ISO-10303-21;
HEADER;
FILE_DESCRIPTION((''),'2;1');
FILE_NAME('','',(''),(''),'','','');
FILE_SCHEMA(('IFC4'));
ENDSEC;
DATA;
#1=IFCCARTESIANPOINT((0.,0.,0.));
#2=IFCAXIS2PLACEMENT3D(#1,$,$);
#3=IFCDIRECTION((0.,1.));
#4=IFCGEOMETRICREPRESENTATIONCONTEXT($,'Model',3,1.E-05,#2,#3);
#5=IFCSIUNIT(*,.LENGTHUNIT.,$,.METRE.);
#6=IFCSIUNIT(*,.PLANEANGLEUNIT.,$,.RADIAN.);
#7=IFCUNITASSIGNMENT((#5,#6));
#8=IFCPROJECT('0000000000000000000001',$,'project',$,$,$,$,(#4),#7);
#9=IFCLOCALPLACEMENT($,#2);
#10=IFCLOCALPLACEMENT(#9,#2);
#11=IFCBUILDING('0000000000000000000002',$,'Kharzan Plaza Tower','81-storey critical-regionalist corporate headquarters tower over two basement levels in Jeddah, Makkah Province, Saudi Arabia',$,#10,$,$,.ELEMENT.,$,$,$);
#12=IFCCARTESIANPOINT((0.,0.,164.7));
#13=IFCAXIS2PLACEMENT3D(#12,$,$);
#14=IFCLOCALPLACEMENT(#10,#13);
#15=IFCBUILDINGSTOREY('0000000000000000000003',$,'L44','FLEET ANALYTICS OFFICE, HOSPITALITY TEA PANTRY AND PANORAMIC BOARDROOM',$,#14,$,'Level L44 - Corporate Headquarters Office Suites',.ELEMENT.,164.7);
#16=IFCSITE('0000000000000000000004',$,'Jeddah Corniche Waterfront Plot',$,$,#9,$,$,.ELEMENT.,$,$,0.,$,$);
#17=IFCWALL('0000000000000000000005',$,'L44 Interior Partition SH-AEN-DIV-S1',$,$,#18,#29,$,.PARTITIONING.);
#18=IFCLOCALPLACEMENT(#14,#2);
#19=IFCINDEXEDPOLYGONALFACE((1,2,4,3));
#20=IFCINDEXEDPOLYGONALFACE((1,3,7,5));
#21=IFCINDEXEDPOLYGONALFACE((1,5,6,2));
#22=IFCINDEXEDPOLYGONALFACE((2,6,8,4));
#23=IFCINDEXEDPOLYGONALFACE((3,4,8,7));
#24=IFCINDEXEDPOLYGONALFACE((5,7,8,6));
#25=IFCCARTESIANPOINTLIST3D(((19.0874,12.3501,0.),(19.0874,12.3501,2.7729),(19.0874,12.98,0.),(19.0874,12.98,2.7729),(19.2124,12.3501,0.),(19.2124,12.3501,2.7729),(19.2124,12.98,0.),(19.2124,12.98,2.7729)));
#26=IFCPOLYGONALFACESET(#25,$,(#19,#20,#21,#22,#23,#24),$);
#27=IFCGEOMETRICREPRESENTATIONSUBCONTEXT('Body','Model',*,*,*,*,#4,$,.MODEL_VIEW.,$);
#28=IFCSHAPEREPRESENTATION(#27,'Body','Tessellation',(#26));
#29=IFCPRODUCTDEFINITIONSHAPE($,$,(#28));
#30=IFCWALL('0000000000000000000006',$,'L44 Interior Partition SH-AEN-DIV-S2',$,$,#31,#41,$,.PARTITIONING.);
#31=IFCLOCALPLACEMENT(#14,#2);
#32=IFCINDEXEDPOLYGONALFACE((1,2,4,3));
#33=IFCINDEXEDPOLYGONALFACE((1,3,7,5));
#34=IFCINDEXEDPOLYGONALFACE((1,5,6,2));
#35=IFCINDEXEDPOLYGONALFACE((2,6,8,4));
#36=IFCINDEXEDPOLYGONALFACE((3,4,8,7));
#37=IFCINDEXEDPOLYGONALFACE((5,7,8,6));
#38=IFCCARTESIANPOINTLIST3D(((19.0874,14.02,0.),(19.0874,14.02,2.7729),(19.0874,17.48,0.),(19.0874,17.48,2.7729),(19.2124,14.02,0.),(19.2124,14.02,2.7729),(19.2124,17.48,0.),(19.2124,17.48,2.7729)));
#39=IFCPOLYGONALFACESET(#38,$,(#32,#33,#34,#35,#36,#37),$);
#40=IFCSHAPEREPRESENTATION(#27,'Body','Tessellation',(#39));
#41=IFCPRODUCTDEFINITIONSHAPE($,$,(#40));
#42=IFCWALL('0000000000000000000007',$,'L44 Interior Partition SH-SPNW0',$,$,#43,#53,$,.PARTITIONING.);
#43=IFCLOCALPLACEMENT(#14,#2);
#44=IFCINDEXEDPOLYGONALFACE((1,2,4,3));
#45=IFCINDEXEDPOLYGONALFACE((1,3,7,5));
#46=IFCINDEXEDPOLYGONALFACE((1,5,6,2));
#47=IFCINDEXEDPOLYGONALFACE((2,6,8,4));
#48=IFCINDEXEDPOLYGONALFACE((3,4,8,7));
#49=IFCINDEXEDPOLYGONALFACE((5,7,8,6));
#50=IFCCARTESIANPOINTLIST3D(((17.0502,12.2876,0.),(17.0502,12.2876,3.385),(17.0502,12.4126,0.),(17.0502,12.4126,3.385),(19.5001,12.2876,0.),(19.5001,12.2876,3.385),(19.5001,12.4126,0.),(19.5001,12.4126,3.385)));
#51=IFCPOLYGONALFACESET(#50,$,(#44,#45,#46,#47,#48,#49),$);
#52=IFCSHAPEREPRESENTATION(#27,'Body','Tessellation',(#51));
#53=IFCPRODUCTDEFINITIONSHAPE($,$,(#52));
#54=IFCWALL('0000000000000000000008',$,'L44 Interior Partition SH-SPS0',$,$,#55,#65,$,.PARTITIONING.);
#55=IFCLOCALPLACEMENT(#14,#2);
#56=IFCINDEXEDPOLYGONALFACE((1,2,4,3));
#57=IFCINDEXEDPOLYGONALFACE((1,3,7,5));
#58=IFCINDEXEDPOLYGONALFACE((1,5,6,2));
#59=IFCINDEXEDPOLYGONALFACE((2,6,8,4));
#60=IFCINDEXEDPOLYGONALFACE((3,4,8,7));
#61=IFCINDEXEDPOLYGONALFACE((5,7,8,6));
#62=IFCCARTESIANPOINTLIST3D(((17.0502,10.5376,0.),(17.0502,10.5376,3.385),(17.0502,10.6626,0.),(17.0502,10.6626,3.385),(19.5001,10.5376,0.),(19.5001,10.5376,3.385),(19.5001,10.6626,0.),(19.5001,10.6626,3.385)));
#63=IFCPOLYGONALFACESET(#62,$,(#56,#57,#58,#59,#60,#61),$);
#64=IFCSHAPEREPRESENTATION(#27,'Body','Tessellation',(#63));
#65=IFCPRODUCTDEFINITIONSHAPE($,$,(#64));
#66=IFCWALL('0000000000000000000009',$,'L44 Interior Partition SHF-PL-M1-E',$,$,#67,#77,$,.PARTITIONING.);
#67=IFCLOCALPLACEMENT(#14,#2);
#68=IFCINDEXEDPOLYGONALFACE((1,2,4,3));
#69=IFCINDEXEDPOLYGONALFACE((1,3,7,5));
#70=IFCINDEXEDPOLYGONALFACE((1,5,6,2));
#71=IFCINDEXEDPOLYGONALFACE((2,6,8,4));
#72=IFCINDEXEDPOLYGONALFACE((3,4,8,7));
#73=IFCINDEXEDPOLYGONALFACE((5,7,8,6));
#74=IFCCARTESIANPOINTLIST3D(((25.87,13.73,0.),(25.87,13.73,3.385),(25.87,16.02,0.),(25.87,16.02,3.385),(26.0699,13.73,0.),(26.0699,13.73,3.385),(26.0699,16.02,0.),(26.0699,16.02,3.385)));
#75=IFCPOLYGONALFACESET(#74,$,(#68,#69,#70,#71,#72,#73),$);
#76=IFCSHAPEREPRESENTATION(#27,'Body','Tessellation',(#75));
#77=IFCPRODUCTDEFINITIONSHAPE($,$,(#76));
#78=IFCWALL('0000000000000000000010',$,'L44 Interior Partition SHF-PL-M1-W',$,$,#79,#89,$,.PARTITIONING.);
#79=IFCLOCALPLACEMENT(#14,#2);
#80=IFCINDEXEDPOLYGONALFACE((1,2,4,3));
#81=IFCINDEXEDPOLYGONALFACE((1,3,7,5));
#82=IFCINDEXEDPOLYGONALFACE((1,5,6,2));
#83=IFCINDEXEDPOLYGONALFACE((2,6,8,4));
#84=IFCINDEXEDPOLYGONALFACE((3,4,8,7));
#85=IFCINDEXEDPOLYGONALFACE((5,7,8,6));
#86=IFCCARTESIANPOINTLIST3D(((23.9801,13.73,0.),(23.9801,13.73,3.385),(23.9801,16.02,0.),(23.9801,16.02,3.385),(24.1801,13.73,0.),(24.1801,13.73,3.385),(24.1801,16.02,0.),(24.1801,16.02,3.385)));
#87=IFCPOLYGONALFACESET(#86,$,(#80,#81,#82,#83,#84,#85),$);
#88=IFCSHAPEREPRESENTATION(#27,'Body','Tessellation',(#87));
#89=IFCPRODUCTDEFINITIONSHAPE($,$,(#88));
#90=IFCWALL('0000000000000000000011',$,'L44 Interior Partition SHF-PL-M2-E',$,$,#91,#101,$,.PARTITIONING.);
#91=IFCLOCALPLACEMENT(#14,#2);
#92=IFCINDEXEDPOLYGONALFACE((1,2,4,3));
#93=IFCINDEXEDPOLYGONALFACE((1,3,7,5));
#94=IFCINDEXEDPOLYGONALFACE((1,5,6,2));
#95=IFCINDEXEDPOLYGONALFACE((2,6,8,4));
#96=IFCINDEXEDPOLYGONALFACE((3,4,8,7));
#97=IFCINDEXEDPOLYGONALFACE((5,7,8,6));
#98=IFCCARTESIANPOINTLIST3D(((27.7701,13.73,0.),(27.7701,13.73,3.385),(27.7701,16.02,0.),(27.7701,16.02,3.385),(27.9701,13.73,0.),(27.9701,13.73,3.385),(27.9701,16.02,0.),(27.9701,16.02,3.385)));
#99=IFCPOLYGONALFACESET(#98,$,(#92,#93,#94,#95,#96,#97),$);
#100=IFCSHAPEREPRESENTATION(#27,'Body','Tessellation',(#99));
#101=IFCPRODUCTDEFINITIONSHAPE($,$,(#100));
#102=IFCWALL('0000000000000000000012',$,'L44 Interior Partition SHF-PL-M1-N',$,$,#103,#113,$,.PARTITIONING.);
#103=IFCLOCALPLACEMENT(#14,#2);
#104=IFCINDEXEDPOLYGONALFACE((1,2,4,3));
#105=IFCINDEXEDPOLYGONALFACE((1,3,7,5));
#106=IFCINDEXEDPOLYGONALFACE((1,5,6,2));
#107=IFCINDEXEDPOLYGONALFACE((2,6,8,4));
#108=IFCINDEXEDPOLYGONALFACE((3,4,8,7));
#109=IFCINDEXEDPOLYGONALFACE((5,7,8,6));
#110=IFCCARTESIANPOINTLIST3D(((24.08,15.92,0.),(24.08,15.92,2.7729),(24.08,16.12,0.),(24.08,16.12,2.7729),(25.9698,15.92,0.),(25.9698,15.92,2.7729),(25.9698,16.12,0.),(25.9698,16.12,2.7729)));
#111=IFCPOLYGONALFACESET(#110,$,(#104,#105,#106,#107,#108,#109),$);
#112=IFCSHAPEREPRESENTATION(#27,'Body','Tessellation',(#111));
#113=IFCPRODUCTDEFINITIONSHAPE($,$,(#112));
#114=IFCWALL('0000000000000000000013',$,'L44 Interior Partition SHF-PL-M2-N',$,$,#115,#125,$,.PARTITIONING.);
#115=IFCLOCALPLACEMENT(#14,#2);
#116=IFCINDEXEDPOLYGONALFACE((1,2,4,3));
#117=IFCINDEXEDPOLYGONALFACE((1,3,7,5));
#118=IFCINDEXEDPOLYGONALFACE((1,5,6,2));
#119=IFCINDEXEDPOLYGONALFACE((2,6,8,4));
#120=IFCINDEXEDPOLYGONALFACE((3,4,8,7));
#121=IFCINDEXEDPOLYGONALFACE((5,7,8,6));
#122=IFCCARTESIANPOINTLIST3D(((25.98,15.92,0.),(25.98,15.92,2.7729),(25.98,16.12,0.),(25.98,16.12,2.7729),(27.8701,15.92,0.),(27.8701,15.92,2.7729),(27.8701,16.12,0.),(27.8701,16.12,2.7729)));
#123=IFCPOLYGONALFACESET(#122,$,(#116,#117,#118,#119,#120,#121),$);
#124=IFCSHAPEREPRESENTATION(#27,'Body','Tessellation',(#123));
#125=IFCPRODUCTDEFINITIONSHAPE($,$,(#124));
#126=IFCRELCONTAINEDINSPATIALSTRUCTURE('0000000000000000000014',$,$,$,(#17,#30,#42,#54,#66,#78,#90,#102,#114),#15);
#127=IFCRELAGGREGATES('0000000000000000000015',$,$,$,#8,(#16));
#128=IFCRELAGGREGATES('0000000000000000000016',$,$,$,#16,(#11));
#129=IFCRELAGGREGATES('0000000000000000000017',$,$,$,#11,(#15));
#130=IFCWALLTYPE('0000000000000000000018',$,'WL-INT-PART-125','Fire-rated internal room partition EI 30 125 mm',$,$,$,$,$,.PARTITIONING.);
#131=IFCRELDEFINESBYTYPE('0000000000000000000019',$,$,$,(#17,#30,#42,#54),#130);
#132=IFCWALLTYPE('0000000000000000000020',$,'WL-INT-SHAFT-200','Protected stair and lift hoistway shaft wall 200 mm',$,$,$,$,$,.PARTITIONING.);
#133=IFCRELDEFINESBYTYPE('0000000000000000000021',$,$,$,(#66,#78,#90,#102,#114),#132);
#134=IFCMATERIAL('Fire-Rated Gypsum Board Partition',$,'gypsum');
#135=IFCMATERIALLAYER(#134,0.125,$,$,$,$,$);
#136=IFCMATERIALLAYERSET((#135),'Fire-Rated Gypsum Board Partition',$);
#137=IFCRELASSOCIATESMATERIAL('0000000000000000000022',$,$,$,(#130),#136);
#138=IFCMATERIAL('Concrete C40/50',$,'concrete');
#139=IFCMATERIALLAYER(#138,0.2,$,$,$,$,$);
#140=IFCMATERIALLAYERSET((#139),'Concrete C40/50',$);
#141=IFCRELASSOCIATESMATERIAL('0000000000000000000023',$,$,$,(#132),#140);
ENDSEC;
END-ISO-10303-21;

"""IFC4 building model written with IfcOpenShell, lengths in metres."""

from ifc_helpers import new_model, si_unit, direction, frame, frame_2d, origin, place, context, subcontext, project, spatial, rectangle, extrude, source, transform, mapped, material, layer, layer_set, type_object, element, save


model = new_model("IFC4")

# Units and contexts
model_context = context("Model", 3, precision=1e-05, world=origin(), true_north=direction((0.0, 1.0)))
body_context = subcontext(model_context, "Body", "Model", "MODEL_VIEW")
ifc_project = project(units=[si_unit("LENGTHUNIT", "METRE"), si_unit("PLANEANGLEUNIT", "RADIAN")], contexts=[model_context])

# Site, building, storey
site_placement = place(None, origin())
site = spatial("IfcSite", under=ifc_project, at=site_placement, Name="Jeddah Corniche Waterfront Plot", CompositionType="ELEMENT", RefElevation=0.0)
building_placement = place(site_placement, origin())
building = spatial("IfcBuilding", under=site, at=building_placement, Name="Kharzan Plaza Tower", Description="81-storey critical-regionalist corporate headquarters tower over two basement levels in Jeddah, Makkah Province, Saudi Arabia", CompositionType="ELEMENT")
storey_placement = place(building_placement, frame((0.0, 0.0, 164.7)))
storey = spatial("IfcBuildingStorey", under=building, at=storey_placement, Name="L44", Description="FLEET ANALYTICS OFFICE, HOSPITALITY TEA PANTRY AND PANORAMIC BOARDROOM", LongName="Level L44 - Corporate Headquarters Office Suites", CompositionType="ELEMENT", Elevation=164.7)

# Shared definitions
ifc_material_1 = material(Name="Fire-Rated Gypsum Board Partition", Category="gypsum")
ifc_layer_1 = layer(ifc_material_1, 0.125)
ifc_layer_set_1 = layer_set([ifc_layer_1], Name="Fire-Rated Gypsum Board Partition")
wall_type_1 = type_object("IfcWallType", Name="WL-INT-PART-125", Description="Fire-rated internal room partition EI 30 125 mm", PredefinedType="PARTITIONING", material=ifc_layer_set_1)
ifc_material_2 = material(Name="Concrete C40/50", Category="concrete")
ifc_layer_2 = layer(ifc_material_2, 0.2)
ifc_layer_set_2 = layer_set([ifc_layer_2], Name="Concrete C40/50")
wall_type_2 = type_object("IfcWallType", Name="WL-INT-SHAFT-200", Description="Protected stair and lift hoistway shaft wall 200 mm", PredefinedType="PARTITIONING", material=ifc_layer_set_2)

# Walls
shared_shape_1 = source(origin(), body_context, "Body", "SweptSolid", [
    extrude(rectangle(XDim=0.6299, YDim=0.125, at=frame_2d((0.3149, 0.0))), origin(), (0.0, 0.0, 1.0), 2.7729),
])
wall_1_placement = place(storey_placement, frame((19.1499, 12.3501, 0.0), z_axis=(0.0, 0.0, 1.0), x_axis=(0.0, 1.0, 0.0)))
element("IfcWall", 1, at=wall_1_placement, inside=storey, type_object=wall_type_1, Name="L44 Interior Partition SH-AEN-DIV-S1", PredefinedType="PARTITIONING", context=body_context, shape_type="MappedRepresentation", body=[
    mapped(shared_shape_1, transform((0.0, 0.0, 0.0), x_axis=(1.0, 0.0, 0.0), y_axis=(0.0, 1.0, 0.0), z_axis=(0.0, 0.0, 1.0))),
])
shared_shape_2 = source(origin(), body_context, "Body", "SweptSolid", [
    extrude(rectangle(XDim=3.46, YDim=0.125, at=frame_2d((1.73, 0.0))), origin(), (0.0, 0.0, 1.0), 2.7729),
])
wall_2_placement = place(storey_placement, frame((19.1499, 14.02, 0.0), z_axis=(0.0, 0.0, 1.0), x_axis=(0.0, 1.0, 0.0)))
element("IfcWall", 2, at=wall_2_placement, inside=storey, type_object=wall_type_1, Name="L44 Interior Partition SH-AEN-DIV-S2", PredefinedType="PARTITIONING", context=body_context, shape_type="MappedRepresentation", body=[
    mapped(shared_shape_2, transform((0.0, 0.0, 0.0), x_axis=(1.0, 0.0, 0.0), y_axis=(0.0, 1.0, 0.0), z_axis=(0.0, 0.0, 1.0))),
])
shared_shape_3 = source(origin(), body_context, "Body", "SweptSolid", [
    extrude(rectangle(XDim=2.45, YDim=0.125, at=frame_2d((1.2251, 0.0))), origin(), (0.0, 0.0, 1.0), 3.385),
])
for number, where, z_axis, x_axis, name in (
    (3, (17.05, 12.3501, 0.0), (0.0, 0.0, 1.0), (1.0, 0.0, 0.0), "L44 Interior Partition SH-SPNW0"),
    (4, (17.05, 10.6001, 0.0), (0.0, 0.0, 1.0), (1.0, 0.0, 0.0), "L44 Interior Partition SH-SPS0"),
):
    element("IfcWall", number, at=place(storey_placement, frame(where, z_axis=z_axis, x_axis=x_axis)), inside=storey, type_object=wall_type_1, Name=name, PredefinedType="PARTITIONING", context=body_context, shape_type="MappedRepresentation", body=[
        mapped(shared_shape_3, transform((0.0, 0.0, 0.0), x_axis=(1.0, 0.0, 0.0), y_axis=(0.0, 1.0, 0.0), z_axis=(0.0, 0.0, 1.0))),
    ])
shared_shape_4 = source(origin(), body_context, "Body", "SweptSolid", [
    extrude(rectangle(XDim=2.29, YDim=0.2, at=frame_2d((1.145, 0.0))), origin(), (0.0, 0.0, 1.0), 3.385),
])
for number, where, z_axis, x_axis, name in (
    (5, (25.97, 13.73, 0.0), (0.0, 0.0, 1.0), (0.0, 1.0, 0.0), "L44 Interior Partition SHF-PL-M1-E"),
    (6, (24.0801, 13.73, 0.0), (0.0, 0.0, 1.0), (0.0, 1.0, 0.0), "L44 Interior Partition SHF-PL-M1-W"),
    (7, (27.8701, 13.73, 0.0), (0.0, 0.0, 1.0), (0.0, 1.0, 0.0), "L44 Interior Partition SHF-PL-M2-E"),
):
    element("IfcWall", number, at=place(storey_placement, frame(where, z_axis=z_axis, x_axis=x_axis)), inside=storey, type_object=wall_type_2, Name=name, PredefinedType="PARTITIONING", context=body_context, shape_type="MappedRepresentation", body=[
        mapped(shared_shape_4, transform((0.0, 0.0, 0.0), x_axis=(1.0, 0.0, 0.0), y_axis=(0.0, 1.0, 0.0), z_axis=(0.0, 0.0, 1.0))),
    ])
shared_shape_5 = source(origin(), body_context, "Body", "SweptSolid", [
    extrude(rectangle(XDim=1.8899, YDim=0.2, at=frame_2d((0.9448, 0.0))), origin(), (0.0, 0.0, 1.0), 2.7729),
])
wall_3_placement = place(storey_placement, frame((24.0801, 16.02, 0.0), z_axis=(0.0, 0.0, 1.0), x_axis=(1.0, 0.0, 0.0)))
element("IfcWall", 8, at=wall_3_placement, inside=storey, type_object=wall_type_2, Name="L44 Interior Partition SHF-PL-M1-N", PredefinedType="PARTITIONING", context=body_context, shape_type="MappedRepresentation", body=[
    mapped(shared_shape_5, transform((0.0, 0.0, 0.0), x_axis=(1.0, 0.0, 0.0), y_axis=(0.0, 1.0, 0.0), z_axis=(0.0, 0.0, 1.0))),
])
shared_shape_6 = source(origin(), body_context, "Body", "SweptSolid", [
    extrude(rectangle(XDim=1.8901, YDim=0.2, at=frame_2d((0.9451, 0.0))), origin(), (0.0, 0.0, 1.0), 2.7729),
])
wall_4_placement = place(storey_placement, frame((25.98, 16.02, 0.0), z_axis=(0.0, 0.0, 1.0), x_axis=(1.0, 0.0, 0.0)))
element("IfcWall", 9, at=wall_4_placement, inside=storey, type_object=wall_type_2, Name="L44 Interior Partition SHF-PL-M2-N", PredefinedType="PARTITIONING", context=body_context, shape_type="MappedRepresentation", body=[
    mapped(shared_shape_6, transform((0.0, 0.0, 0.0), x_axis=(1.0, 0.0, 0.0), y_axis=(0.0, 1.0, 0.0), z_axis=(0.0, 0.0, 1.0))),
])

save(model, "model.ifc")
